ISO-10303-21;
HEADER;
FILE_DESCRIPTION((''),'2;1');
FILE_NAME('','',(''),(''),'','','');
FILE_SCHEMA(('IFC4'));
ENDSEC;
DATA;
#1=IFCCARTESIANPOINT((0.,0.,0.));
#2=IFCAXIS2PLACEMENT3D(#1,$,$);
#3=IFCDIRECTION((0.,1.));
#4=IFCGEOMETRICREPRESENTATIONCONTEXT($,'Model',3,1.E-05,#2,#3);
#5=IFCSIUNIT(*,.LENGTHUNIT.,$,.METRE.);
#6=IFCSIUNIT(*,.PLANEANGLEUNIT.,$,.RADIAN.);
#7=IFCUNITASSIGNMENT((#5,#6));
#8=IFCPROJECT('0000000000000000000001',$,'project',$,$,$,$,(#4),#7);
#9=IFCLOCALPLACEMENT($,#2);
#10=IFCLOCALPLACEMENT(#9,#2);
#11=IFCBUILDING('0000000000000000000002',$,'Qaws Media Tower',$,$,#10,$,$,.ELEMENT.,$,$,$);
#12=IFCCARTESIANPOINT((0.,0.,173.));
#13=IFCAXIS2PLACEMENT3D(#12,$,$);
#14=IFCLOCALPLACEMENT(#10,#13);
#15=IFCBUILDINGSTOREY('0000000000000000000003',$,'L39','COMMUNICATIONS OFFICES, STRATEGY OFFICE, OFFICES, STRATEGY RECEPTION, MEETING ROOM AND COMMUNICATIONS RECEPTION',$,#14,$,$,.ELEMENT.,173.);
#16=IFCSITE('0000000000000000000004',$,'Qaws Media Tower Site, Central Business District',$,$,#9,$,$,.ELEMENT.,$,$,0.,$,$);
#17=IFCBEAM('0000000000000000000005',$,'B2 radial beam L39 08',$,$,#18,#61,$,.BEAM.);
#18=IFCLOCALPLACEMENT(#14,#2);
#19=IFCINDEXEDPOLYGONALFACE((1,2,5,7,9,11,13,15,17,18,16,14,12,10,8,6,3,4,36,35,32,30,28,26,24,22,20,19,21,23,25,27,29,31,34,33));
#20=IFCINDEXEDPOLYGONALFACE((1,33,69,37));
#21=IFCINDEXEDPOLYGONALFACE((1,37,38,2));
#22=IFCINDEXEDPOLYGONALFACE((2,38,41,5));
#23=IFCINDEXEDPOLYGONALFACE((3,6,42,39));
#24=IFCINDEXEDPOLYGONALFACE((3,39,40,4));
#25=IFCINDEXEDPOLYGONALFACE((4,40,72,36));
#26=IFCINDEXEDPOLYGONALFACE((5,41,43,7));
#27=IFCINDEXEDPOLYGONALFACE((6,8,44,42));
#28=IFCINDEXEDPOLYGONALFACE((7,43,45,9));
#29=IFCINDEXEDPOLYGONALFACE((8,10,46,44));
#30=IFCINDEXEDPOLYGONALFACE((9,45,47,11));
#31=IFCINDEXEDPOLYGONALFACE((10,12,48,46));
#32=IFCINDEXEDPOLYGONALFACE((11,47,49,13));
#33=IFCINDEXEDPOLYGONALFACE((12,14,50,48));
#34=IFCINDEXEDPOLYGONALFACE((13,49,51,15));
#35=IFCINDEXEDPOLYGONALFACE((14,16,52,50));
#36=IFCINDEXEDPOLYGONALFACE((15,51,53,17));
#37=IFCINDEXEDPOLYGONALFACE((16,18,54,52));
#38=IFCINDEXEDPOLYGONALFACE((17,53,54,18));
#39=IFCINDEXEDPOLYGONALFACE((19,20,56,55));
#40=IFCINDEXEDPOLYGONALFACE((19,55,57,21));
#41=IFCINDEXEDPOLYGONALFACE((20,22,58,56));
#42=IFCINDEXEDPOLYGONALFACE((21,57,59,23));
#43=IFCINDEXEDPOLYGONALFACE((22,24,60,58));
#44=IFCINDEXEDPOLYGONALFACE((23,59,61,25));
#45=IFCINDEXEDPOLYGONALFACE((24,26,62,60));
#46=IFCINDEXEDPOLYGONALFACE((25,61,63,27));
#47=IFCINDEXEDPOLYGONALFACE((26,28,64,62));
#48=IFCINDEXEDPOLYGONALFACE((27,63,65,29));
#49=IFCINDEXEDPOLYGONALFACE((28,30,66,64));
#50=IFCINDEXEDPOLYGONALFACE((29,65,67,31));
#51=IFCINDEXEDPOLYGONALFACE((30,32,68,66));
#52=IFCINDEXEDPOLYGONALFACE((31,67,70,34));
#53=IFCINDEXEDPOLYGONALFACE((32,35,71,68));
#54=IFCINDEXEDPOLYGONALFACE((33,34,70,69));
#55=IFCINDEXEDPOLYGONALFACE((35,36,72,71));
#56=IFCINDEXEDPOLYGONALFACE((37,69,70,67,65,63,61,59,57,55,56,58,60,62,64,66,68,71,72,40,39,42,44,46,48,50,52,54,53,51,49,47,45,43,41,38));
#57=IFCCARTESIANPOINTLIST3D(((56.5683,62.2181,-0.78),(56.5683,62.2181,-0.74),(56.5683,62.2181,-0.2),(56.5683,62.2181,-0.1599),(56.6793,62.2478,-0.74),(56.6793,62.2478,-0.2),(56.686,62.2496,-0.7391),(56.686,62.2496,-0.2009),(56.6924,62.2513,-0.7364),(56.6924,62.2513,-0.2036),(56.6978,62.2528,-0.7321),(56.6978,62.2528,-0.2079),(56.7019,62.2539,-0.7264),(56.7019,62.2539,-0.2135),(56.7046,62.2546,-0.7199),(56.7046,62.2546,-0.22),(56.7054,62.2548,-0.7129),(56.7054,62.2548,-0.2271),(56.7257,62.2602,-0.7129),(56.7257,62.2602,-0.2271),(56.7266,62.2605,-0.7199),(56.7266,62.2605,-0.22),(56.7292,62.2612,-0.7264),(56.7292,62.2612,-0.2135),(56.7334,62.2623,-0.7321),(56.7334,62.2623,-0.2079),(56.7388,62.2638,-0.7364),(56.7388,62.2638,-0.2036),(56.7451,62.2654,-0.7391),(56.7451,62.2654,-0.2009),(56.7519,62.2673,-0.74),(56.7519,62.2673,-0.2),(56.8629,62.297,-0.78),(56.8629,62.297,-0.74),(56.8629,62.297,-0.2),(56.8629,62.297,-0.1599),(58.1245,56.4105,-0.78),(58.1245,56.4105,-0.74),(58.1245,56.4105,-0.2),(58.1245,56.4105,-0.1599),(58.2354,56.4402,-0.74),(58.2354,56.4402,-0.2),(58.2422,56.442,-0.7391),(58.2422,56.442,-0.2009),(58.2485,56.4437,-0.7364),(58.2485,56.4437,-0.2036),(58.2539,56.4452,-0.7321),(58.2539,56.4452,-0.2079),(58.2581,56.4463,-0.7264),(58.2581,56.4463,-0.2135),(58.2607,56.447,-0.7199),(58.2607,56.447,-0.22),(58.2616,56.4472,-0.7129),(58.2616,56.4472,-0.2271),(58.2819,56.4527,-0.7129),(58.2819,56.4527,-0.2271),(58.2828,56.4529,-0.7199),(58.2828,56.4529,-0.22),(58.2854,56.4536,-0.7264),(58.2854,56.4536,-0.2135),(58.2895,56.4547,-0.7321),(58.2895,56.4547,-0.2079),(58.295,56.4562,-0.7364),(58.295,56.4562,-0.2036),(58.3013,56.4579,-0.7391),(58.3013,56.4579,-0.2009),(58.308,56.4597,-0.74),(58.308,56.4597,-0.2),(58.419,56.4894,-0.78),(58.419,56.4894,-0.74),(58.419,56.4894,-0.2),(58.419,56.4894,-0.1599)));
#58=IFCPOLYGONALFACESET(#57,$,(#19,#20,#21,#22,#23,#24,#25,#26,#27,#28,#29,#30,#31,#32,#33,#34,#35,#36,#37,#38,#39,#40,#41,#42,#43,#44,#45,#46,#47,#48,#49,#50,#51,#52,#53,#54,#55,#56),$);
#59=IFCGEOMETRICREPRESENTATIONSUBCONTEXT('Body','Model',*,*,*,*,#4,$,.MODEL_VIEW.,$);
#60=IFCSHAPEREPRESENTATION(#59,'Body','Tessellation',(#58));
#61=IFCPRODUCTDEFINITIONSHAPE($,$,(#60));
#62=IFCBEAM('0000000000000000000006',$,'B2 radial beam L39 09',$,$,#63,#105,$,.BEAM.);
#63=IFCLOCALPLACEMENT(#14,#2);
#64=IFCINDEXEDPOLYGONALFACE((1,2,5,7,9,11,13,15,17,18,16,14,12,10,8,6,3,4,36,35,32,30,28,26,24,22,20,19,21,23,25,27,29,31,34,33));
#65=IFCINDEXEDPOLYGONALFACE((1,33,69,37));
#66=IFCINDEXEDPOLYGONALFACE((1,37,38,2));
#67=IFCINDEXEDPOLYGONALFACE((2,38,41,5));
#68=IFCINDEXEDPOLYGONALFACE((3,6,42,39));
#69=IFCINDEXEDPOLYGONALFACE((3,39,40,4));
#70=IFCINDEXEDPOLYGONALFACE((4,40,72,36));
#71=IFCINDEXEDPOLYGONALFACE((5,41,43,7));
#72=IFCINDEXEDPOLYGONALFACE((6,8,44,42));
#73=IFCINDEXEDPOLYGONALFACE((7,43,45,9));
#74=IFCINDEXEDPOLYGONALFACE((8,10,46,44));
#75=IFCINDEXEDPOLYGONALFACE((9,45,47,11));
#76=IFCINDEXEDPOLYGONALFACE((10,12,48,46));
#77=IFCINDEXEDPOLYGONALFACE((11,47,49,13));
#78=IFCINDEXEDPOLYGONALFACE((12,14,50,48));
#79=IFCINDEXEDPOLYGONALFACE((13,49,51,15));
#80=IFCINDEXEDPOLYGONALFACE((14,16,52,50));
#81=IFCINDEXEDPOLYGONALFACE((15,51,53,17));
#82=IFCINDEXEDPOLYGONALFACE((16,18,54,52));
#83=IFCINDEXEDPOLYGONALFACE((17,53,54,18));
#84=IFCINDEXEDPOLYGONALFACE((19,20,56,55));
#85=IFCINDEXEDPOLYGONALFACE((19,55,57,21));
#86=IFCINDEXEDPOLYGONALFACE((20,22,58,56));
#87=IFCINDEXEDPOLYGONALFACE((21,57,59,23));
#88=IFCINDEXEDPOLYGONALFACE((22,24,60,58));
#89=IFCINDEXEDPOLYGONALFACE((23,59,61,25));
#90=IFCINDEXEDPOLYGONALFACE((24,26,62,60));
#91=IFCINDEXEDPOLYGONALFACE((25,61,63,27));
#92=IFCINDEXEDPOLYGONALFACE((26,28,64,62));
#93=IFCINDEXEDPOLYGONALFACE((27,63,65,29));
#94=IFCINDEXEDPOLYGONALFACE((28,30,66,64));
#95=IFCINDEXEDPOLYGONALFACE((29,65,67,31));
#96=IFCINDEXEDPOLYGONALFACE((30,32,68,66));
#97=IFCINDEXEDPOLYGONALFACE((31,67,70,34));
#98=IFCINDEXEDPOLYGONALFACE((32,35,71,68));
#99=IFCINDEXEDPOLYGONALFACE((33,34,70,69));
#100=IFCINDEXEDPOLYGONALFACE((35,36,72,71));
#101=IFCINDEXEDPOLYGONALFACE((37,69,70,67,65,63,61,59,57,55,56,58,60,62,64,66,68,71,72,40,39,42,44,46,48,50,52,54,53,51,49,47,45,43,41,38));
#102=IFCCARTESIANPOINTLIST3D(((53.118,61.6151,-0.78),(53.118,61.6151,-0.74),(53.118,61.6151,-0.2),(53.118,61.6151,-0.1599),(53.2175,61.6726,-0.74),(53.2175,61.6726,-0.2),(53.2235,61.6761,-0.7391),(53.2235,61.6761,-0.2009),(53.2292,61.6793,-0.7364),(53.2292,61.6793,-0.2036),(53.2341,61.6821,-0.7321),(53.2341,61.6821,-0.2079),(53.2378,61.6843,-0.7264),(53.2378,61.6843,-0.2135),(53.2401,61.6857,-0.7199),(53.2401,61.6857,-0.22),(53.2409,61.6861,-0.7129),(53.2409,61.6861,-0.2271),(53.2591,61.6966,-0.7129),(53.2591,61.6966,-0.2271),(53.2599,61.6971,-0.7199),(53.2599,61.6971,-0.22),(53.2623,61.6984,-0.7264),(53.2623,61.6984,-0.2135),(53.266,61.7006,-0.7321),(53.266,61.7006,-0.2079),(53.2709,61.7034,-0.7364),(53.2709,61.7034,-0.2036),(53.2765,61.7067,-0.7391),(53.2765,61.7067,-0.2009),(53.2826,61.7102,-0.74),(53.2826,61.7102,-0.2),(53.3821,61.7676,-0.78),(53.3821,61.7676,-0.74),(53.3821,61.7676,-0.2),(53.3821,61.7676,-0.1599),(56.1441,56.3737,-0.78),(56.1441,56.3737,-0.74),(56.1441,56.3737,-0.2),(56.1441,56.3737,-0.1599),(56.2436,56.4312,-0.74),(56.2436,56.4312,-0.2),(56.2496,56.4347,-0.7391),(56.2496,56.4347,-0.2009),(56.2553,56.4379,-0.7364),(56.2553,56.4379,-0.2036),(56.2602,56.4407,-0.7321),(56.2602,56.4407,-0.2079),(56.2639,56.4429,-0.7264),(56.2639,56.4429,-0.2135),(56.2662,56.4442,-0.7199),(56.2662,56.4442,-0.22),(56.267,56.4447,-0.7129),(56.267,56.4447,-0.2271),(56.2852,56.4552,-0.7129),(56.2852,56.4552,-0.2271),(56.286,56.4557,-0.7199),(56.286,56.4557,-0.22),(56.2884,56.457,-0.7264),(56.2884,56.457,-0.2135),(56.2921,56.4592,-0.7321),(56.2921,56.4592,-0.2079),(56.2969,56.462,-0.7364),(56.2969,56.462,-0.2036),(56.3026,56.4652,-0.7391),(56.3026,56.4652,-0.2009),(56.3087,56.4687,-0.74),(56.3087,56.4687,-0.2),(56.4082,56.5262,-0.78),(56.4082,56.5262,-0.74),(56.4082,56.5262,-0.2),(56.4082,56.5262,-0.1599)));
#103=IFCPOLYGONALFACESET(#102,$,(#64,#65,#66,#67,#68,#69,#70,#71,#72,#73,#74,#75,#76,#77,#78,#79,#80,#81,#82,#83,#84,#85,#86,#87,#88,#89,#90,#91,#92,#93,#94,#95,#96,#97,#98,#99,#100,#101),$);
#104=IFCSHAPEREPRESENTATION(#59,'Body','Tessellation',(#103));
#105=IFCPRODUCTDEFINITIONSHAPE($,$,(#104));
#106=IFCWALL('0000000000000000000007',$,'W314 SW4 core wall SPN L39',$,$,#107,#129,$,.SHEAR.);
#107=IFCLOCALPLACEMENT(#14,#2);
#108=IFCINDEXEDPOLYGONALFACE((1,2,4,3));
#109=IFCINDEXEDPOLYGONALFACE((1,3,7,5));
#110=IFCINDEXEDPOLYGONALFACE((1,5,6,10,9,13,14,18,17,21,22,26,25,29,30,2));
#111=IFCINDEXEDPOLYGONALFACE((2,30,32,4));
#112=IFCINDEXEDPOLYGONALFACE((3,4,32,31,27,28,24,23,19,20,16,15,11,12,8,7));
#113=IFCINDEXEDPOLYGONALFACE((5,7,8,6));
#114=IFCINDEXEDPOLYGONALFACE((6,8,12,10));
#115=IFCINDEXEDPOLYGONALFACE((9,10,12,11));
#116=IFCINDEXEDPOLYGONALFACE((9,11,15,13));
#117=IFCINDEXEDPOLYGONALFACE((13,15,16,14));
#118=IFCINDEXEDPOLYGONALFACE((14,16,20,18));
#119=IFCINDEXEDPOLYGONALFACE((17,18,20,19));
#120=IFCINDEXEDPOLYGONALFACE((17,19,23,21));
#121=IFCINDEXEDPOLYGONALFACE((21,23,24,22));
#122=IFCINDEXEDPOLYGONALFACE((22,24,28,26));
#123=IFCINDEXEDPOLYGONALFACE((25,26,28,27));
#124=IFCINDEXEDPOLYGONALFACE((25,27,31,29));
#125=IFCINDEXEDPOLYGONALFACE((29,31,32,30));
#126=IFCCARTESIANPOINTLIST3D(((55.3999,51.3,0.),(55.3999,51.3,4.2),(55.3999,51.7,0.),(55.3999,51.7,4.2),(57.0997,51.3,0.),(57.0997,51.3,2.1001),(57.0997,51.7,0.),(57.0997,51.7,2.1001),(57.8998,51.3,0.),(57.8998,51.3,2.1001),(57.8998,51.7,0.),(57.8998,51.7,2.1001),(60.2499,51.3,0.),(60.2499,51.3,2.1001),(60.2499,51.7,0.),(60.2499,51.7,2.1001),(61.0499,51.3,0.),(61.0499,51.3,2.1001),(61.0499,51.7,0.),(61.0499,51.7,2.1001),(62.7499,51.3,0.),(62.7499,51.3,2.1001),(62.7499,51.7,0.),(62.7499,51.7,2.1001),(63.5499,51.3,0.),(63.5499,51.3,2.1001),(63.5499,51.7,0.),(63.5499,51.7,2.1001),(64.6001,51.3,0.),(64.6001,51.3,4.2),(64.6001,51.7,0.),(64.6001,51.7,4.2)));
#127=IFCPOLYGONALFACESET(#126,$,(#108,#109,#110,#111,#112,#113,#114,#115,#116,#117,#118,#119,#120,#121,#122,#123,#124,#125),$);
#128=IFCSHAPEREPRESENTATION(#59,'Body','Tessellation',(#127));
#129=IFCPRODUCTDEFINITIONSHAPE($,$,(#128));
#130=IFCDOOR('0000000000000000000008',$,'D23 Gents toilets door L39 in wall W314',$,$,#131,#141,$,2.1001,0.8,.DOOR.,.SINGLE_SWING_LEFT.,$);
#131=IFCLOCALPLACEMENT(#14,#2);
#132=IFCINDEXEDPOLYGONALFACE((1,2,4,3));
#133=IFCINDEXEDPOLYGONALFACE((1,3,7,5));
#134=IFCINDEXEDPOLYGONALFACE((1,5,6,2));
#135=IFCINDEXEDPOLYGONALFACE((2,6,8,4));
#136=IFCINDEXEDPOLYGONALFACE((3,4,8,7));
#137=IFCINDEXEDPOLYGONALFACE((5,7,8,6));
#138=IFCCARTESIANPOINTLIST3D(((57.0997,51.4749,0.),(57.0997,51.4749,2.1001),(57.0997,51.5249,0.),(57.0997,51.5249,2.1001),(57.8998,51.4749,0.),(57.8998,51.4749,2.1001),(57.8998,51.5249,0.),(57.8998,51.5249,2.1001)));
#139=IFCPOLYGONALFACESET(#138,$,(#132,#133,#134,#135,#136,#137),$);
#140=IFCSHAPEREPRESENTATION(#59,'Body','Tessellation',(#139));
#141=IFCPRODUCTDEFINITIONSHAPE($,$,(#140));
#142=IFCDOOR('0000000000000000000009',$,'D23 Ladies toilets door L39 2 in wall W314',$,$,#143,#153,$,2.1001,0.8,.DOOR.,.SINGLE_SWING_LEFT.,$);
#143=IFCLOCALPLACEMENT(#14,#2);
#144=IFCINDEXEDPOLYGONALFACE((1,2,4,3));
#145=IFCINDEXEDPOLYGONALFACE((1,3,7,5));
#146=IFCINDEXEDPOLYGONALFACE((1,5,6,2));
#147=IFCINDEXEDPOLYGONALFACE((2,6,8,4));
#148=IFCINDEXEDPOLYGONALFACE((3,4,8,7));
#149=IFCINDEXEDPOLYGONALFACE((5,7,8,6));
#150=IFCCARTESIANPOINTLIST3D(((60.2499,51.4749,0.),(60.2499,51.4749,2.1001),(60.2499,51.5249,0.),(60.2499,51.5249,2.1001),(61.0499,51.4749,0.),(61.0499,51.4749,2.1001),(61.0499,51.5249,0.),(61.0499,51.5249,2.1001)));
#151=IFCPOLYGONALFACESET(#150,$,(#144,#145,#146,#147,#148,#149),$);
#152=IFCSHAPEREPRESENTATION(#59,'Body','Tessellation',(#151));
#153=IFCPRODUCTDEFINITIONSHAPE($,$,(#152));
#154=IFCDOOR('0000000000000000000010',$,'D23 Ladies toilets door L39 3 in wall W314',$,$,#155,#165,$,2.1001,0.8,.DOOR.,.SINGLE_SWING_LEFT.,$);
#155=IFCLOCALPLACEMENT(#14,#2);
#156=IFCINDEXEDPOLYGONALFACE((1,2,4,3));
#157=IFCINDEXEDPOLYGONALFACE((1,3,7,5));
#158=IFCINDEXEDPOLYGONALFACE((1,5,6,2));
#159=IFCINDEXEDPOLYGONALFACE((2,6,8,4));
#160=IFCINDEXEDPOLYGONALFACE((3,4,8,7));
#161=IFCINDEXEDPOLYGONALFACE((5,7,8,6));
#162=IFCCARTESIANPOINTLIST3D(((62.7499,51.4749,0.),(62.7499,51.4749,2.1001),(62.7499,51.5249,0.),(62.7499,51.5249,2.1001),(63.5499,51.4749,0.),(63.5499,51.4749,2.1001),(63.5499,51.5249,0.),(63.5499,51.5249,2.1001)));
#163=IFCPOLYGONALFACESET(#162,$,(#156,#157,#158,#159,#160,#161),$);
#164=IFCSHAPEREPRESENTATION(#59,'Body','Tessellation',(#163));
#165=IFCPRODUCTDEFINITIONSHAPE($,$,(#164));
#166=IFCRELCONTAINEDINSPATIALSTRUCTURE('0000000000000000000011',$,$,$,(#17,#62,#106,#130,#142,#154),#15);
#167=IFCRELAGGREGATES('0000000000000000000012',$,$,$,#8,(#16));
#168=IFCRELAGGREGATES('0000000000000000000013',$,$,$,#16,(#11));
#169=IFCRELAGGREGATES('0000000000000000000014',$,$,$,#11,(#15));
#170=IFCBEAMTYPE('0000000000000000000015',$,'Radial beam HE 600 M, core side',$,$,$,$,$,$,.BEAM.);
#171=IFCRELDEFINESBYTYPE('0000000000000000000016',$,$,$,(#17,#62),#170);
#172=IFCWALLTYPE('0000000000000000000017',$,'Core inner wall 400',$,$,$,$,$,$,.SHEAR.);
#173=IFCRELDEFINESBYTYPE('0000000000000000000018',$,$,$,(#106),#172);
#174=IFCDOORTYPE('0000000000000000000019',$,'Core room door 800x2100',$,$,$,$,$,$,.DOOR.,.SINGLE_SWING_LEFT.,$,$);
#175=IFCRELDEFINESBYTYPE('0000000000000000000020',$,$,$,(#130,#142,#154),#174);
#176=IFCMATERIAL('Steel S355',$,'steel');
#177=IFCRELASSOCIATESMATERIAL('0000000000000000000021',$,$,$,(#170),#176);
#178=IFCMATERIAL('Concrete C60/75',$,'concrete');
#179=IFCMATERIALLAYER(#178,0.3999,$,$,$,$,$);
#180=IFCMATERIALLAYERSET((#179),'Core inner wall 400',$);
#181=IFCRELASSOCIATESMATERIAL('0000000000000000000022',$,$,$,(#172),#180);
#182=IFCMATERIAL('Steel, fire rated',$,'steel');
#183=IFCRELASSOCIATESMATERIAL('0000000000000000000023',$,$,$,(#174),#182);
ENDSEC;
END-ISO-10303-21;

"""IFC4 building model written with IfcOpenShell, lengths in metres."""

from ifc_helpers import new_model, si_unit, direction, frame, frame_2d, origin, origin_2d, place, context, subcontext, project, spatial, rectangle, i_section, extrude, material, layer, layer_set, material_profile, profile_set, type_object, element, fill, save


model = new_model("IFC4")

# Units and contexts
model_context = context("Model", 3, precision=1e-05, world=origin(), true_north=direction((0.0, 1.0)))
body_context = subcontext(model_context, "Body", "Model", "MODEL_VIEW")
ifc_project = project(units=[si_unit("LENGTHUNIT", "METRE"), si_unit("PLANEANGLEUNIT", "RADIAN")], contexts=[model_context])

# Site, building, storey
site_placement = place(None, origin())
site = spatial("IfcSite", under=ifc_project, at=site_placement, Name="Qaws Media Tower Site, Central Business District", CompositionType="ELEMENT", RefElevation=0.0)
building_placement = place(site_placement, origin())
building = spatial("IfcBuilding", under=site, at=building_placement, Name="Qaws Media Tower", CompositionType="ELEMENT")
storey_placement = place(building_placement, frame((0.0, 0.0, 173.0)))
storey = spatial("IfcBuildingStorey", under=building, at=storey_placement, Name="L39", Description="COMMUNICATIONS OFFICES, STRATEGY OFFICE, OFFICES, STRATEGY RECEPTION, MEETING ROOM AND COMMUNICATIONS RECEPTION", CompositionType="ELEMENT", Elevation=173.0)

# Beams
ifc_material_1 = material(Name="Steel S355", Category="steel")
ifc_material_profile = material_profile(ifc_material_1, i_section(OverallWidth=0.3049, OverallDepth=0.6201, WebThickness=0.021, FlangeThickness=0.04, FilletRadius=0.0271, at=origin_2d()), Name="HE 600 M")
ifc_profile_set = profile_set([ifc_material_profile], Name="Steel S355")
beam_type = type_object("IfcBeamType", Name="Radial beam HE 600 M, core side", PredefinedType="BEAM", material=ifc_profile_set)
beam_1_placement = place(storey_placement, frame((58.2717, 56.45, -0.47), z_axis=(-0.25882, 0.965926, 0.0), x_axis=(-0.965926, -0.25882, 0.0)))
element("IfcBeam", 1, at=beam_1_placement, inside=storey, type_object=beam_type, Name="B2 radial beam L39 08", PredefinedType="BEAM", context=body_context, shape_type="SweptSolid", body=[
    extrude(i_section(OverallWidth=0.3049, OverallDepth=0.6201, WebThickness=0.021, FlangeThickness=0.04, FilletRadius=0.0271, at=origin_2d()), origin(), (0.0, 0.0, 1.0), 6.0125),
])
beam_2_placement = place(storey_placement, frame((56.2761, 56.45, -0.47), z_axis=(-0.499996, 0.866028, 0.0), x_axis=(-0.866028, -0.499996, 0.0)))
element("IfcBeam", 2, at=beam_2_placement, inside=storey, type_object=beam_type, Name="B2 radial beam L39 09", PredefinedType="BEAM", context=body_context, shape_type="SweptSolid", body=[
    extrude(i_section(OverallWidth=0.3049, OverallDepth=0.6201, WebThickness=0.021, FlangeThickness=0.04, FilletRadius=0.0271, at=origin_2d()), origin(), (0.0, 0.0, 1.0), 6.0522),
])

# Wall, openings, doors
ifc_material_2 = material(Name="Concrete C60/75", Category="concrete")
ifc_layer_1 = layer(ifc_material_2, 0.3999)
ifc_layer_set_1 = layer_set([ifc_layer_1], Name="Core inner wall 400")
wall_type_1 = type_object("IfcWallType", Name="Core inner wall 400", PredefinedType="SHEAR", material=ifc_layer_set_1)
wall_1_placement = place(storey_placement, frame((55.3999, 51.5, 0.0), z_axis=(0.0, 0.0, 1.0), x_axis=(1.0, 0.0, 0.0)))
wall_1 = element("IfcWall", 3, at=wall_1_placement, inside=storey, type_object=wall_type_1, Name="W314 SW4 core wall SPN L39", PredefinedType="SHEAR", context=body_context, shape_type="SweptSolid", body=[
    extrude(rectangle(XDim=9.2002, YDim=0.3999, at=frame_2d((4.6001, 0.0))), origin(), (0.0, 0.0, 1.0), 4.2),
])
opening_1_placement = place(wall_1_placement, frame((1.7, 0.0, 0.0)))
opening_1 = element("IfcOpeningElement", 4, at=opening_1_placement, cuts=wall_1, PredefinedType="OPENING", context=body_context, shape_type="SweptSolid", body=[
    extrude(rectangle(XDim=0.8, YDim=2.1001, at=frame_2d((0.3999, 1.05))), frame((0.0, 0.21, 0.0), z_axis=(0.0, -1.0, 0.0), x_axis=(1.0, 0.0, 0.0)), (0.0, 0.0, 1.0), 0.4199),
])
opening_2_placement = place(wall_1_placement, frame((4.8501, 0.0, 0.0)))
opening_2 = element("IfcOpeningElement", 5, at=opening_2_placement, cuts=wall_1, PredefinedType="OPENING", context=body_context, shape_type="SweptSolid", body=[
    extrude(rectangle(XDim=0.8, YDim=2.1001, at=frame_2d((0.3999, 1.05))), frame((0.0, 0.21, 0.0), z_axis=(0.0, -1.0, 0.0), x_axis=(1.0, 0.0, 0.0)), (0.0, 0.0, 1.0), 0.4199),
])
opening_3_placement = place(wall_1_placement, frame((7.3501, 0.0, 0.0)))
opening_3 = element("IfcOpeningElement", 6, at=opening_3_placement, cuts=wall_1, PredefinedType="OPENING", context=body_context, shape_type="SweptSolid", body=[
    extrude(rectangle(XDim=0.8, YDim=2.1001, at=frame_2d((0.3999, 1.05))), frame((0.0, 0.21, 0.0), z_axis=(0.0, -1.0, 0.0), x_axis=(1.0, 0.0, 0.0)), (0.0, 0.0, 1.0), 0.4199),
])
ifc_material_3 = material(Name="Steel, fire rated", Category="steel")
door_type_1 = type_object("IfcDoorType", Name="Core room door 800x2100", OperationType="SINGLE_SWING_LEFT", PredefinedType="DOOR", material=ifc_material_3)
door_1_placement = place(opening_1_placement, origin())
door_1 = element("IfcDoor", 7, at=door_1_placement, inside=storey, type_object=door_type_1, Name="D23 Gents toilets door L39 in wall W314", OperationType="SINGLE_SWING_LEFT", OverallHeight=2.1001, OverallWidth=0.8, PredefinedType="DOOR", context=body_context, shape_type="SweptSolid", body=[
    extrude(rectangle(XDim=0.8, YDim=2.1001, at=frame_2d((0.3999, 1.05))), frame((0.0, 0.0249, 0.0), z_axis=(0.0, -1.0, 0.0), x_axis=(1.0, 0.0, 0.0)), (0.0, 0.0, 1.0), 0.05),
])
fill(opening_1, door_1)
door_2_placement = place(opening_2_placement, origin())
door_2 = element("IfcDoor", 8, at=door_2_placement, inside=storey, type_object=door_type_1, Name="D23 Ladies toilets door L39 2 in wall W314", OperationType="SINGLE_SWING_LEFT", OverallHeight=2.1001, OverallWidth=0.8, PredefinedType="DOOR", context=body_context, shape_type="SweptSolid", body=[
    extrude(rectangle(XDim=0.8, YDim=2.1001, at=frame_2d((0.3999, 1.05))), frame((0.0, 0.0249, 0.0), z_axis=(0.0, -1.0, 0.0), x_axis=(1.0, 0.0, 0.0)), (0.0, 0.0, 1.0), 0.05),
])
fill(opening_2, door_2)
door_3_placement = place(opening_3_placement, origin())
door_3 = element("IfcDoor", 9, at=door_3_placement, inside=storey, type_object=door_type_1, Name="D23 Ladies toilets door L39 3 in wall W314", OperationType="SINGLE_SWING_LEFT", OverallHeight=2.1001, OverallWidth=0.8, PredefinedType="DOOR", context=body_context, shape_type="SweptSolid", body=[
    extrude(rectangle(XDim=0.8, YDim=2.1001, at=frame_2d((0.3999, 1.05))), frame((0.0, 0.0249, 0.0), z_axis=(0.0, -1.0, 0.0), x_axis=(1.0, 0.0, 0.0)), (0.0, 0.0, 1.0), 0.05),
])
fill(opening_3, door_3)

save(model, "model.ifc")
